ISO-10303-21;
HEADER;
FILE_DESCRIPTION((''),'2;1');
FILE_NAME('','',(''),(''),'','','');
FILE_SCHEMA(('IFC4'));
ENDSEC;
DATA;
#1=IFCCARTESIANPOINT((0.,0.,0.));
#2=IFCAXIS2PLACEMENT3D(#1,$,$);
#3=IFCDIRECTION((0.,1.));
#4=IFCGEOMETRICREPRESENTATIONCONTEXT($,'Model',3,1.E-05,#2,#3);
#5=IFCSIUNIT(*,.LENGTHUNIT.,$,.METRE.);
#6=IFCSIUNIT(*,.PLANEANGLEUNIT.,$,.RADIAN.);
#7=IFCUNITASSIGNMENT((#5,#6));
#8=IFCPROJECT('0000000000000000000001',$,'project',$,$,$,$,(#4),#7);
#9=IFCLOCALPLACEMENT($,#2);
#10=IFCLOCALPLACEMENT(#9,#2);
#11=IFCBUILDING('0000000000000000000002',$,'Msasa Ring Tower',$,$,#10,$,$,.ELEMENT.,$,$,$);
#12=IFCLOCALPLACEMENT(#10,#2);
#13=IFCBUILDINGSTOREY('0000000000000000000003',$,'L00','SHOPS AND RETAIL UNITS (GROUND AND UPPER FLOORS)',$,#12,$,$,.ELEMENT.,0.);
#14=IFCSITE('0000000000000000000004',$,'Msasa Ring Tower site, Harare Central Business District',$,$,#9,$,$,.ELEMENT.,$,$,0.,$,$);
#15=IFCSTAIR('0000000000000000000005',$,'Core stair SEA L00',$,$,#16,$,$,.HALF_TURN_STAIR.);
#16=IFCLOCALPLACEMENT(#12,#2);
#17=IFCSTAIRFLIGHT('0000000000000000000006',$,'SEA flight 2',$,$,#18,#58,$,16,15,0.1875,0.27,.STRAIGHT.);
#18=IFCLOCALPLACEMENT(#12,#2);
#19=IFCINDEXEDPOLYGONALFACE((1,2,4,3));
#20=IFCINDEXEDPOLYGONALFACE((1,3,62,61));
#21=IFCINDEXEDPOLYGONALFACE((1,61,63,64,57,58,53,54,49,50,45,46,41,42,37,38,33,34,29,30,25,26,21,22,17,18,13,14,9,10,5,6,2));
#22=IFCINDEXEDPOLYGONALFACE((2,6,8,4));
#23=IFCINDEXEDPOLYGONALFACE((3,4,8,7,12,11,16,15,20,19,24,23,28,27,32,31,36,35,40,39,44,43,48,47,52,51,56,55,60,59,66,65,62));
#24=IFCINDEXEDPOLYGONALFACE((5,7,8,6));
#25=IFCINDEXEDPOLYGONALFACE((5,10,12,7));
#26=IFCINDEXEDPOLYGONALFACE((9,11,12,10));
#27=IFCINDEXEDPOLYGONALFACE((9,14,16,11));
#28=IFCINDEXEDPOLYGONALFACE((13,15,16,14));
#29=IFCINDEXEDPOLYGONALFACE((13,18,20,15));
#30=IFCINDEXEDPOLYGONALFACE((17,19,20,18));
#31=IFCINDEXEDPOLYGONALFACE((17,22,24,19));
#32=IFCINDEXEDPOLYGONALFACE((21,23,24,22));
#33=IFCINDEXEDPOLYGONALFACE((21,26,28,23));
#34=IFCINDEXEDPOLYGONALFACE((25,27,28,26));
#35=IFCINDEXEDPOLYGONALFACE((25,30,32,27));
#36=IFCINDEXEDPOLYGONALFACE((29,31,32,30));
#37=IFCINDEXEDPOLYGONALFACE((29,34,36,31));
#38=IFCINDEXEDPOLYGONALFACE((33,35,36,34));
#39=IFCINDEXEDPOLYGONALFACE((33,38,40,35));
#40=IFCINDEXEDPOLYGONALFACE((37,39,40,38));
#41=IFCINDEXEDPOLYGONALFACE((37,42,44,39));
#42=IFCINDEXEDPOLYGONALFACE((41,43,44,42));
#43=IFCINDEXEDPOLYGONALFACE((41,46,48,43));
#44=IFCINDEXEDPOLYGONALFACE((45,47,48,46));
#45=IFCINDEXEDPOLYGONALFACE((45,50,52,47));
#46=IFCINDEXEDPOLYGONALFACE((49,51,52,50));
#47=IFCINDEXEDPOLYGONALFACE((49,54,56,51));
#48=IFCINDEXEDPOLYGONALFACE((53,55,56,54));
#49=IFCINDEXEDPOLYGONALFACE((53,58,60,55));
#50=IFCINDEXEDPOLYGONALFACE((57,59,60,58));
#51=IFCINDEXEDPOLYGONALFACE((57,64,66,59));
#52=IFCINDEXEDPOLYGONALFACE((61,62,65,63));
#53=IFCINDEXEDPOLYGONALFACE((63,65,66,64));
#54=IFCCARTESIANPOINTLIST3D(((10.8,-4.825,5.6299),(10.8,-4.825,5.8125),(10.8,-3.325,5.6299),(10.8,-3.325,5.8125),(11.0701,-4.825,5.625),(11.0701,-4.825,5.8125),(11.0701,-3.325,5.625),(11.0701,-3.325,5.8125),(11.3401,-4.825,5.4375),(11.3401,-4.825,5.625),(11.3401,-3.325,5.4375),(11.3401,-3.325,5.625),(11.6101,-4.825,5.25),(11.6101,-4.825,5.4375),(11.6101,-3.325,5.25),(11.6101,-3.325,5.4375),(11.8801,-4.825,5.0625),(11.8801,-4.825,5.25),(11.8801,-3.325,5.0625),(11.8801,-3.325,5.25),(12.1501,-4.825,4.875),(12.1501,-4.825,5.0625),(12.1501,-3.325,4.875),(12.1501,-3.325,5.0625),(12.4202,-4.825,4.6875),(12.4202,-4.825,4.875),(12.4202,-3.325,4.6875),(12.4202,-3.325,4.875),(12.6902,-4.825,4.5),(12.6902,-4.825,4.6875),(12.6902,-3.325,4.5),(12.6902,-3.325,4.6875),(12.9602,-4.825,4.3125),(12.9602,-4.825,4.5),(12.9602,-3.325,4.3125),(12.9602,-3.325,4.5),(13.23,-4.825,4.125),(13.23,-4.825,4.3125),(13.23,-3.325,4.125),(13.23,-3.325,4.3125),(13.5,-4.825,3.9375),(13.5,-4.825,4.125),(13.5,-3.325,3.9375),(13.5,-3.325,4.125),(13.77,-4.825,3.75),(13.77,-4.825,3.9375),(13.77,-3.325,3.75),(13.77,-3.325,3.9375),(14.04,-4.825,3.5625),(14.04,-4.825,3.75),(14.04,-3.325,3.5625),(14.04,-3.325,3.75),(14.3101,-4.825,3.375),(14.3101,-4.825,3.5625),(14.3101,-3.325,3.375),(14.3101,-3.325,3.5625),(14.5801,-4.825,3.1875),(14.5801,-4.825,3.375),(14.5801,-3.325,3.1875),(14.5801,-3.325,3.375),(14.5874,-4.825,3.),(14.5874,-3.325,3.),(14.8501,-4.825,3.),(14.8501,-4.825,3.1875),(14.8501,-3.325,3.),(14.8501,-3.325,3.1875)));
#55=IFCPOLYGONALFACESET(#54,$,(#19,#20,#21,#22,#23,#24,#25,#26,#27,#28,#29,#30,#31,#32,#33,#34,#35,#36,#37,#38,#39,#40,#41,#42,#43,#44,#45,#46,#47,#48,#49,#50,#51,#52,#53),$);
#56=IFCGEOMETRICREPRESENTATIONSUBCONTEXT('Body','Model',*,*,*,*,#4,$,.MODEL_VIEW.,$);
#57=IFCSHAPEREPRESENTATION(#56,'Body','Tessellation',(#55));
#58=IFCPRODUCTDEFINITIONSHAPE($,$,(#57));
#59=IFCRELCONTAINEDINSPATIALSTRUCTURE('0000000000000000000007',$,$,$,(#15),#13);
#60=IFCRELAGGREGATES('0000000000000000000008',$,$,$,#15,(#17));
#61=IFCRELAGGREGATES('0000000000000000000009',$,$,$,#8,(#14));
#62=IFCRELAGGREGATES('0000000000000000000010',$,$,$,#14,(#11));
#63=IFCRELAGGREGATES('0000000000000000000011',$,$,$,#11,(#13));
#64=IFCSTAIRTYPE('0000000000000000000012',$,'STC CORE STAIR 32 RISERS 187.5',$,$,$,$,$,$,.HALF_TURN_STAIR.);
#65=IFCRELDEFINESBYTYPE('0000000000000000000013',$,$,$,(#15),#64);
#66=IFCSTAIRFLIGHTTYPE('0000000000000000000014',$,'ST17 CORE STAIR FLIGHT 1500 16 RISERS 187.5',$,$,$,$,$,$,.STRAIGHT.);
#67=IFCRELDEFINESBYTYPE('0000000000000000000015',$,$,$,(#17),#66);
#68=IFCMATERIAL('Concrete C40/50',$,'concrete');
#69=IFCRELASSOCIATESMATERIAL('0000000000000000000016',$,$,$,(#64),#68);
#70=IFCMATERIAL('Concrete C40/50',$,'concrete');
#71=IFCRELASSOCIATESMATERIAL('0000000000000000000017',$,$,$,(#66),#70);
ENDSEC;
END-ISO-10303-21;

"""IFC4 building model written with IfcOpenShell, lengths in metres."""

from ifc_helpers import new_model, si_unit, direction, frame, origin, place, context, subcontext, project, spatial, polyline, outline, extrude, material, type_object, element, aggregate, save


model = new_model("IFC4")

# Units and contexts
model_context = context("Model", 3, precision=1e-05, world=origin(), true_north=direction((0.0, 1.0)))
body_context = subcontext(model_context, "Body", "Model", "MODEL_VIEW")
ifc_project = project(units=[si_unit("LENGTHUNIT", "METRE"), si_unit("PLANEANGLEUNIT", "RADIAN")], contexts=[model_context])

# Site, building, storey
site_placement = place(None, origin())
site = spatial("IfcSite", under=ifc_project, at=site_placement, Name="Msasa Ring Tower site, Harare Central Business District", CompositionType="ELEMENT", RefElevation=0.0)
building_placement = place(site_placement, origin())
building = spatial("IfcBuilding", under=site, at=building_placement, Name="Msasa Ring Tower", CompositionType="ELEMENT")
storey_placement = place(building_placement, origin())
storey = spatial("IfcBuildingStorey", under=building, at=storey_placement, Name="L00", Description="SHOPS AND RETAIL UNITS (GROUND AND UPPER FLOORS)", CompositionType="ELEMENT", Elevation=0.0)

# Stair, stair flight
ifc_material_1 = material(Name="Concrete C40/50", Category="concrete")
stair_type = type_object("IfcStairType", Name="STC CORE STAIR 32 RISERS 187.5", PredefinedType="HALF_TURN_STAIR", material=ifc_material_1)
stair_placement = place(storey_placement, origin())
stair = element("IfcStair", 1, at=stair_placement, inside=storey, type_object=stair_type, Name="Core stair SEA L00", PredefinedType="HALF_TURN_STAIR")
ifc_material_2 = material(Name="Concrete C40/50", Category="concrete")
stair_flight_type = type_object("IfcStairFlightType", Name="ST17 CORE STAIR FLIGHT 1500 16 RISERS 187.5", PredefinedType="STRAIGHT", material=ifc_material_2)
stair_flight_1_placement = place(storey_placement, frame((14.8501, -4.075, 3.0), z_axis=(0.0, 0.0, 1.0), x_axis=(-1.0, 0.0, 0.0)))
stair_flight_1 = element("IfcStairFlight", 2, at=stair_flight_1_placement, type_object=stair_flight_type, Name="SEA flight 2", NumberOfRisers=16, NumberOfTreads=15, PredefinedType="STRAIGHT", RiserHeight=0.1875, TreadLength=0.27, context=body_context, shape_type="SweptSolid", body=[
    extrude(outline(polyline([(0.0, 0.0), (0.0, 0.1875), (0.27, 0.1875), (0.27, 0.375), (0.54, 0.375), (0.54, 0.5625), (0.8101, 0.5625), (0.8101, 0.75), (1.0801, 0.75), (1.0801, 0.9375), (1.3501, 0.9375), (1.3501, 1.125), (1.6201, 1.125), (1.6201, 1.3125), (1.8899, 1.3125), (1.8899, 1.5), (2.1599, 1.5), (2.1599, 1.6875), (2.4299, 1.6875), (2.4299, 1.875), (2.7, 1.875), (2.7, 2.0625), (2.97, 2.0625), (2.97, 2.25), (3.24, 2.25), (3.24, 2.4375), (3.51, 2.4375), (3.51, 2.625), (3.78, 2.625), (3.78, 2.8125), (4.05, 2.8125), (4.05, 3.0), (4.05, 2.6299), (0.2627, 0.0), (0.0, 0.0)])), frame((0.0, 0.75, 0.0), z_axis=(0.0, -1.0, 0.0), x_axis=(1.0, 0.0, 0.0)), (0.0, 0.0, 1.0), 1.5),
])
aggregate(stair, [stair_flight_1])

save(model, "model.ifc")
